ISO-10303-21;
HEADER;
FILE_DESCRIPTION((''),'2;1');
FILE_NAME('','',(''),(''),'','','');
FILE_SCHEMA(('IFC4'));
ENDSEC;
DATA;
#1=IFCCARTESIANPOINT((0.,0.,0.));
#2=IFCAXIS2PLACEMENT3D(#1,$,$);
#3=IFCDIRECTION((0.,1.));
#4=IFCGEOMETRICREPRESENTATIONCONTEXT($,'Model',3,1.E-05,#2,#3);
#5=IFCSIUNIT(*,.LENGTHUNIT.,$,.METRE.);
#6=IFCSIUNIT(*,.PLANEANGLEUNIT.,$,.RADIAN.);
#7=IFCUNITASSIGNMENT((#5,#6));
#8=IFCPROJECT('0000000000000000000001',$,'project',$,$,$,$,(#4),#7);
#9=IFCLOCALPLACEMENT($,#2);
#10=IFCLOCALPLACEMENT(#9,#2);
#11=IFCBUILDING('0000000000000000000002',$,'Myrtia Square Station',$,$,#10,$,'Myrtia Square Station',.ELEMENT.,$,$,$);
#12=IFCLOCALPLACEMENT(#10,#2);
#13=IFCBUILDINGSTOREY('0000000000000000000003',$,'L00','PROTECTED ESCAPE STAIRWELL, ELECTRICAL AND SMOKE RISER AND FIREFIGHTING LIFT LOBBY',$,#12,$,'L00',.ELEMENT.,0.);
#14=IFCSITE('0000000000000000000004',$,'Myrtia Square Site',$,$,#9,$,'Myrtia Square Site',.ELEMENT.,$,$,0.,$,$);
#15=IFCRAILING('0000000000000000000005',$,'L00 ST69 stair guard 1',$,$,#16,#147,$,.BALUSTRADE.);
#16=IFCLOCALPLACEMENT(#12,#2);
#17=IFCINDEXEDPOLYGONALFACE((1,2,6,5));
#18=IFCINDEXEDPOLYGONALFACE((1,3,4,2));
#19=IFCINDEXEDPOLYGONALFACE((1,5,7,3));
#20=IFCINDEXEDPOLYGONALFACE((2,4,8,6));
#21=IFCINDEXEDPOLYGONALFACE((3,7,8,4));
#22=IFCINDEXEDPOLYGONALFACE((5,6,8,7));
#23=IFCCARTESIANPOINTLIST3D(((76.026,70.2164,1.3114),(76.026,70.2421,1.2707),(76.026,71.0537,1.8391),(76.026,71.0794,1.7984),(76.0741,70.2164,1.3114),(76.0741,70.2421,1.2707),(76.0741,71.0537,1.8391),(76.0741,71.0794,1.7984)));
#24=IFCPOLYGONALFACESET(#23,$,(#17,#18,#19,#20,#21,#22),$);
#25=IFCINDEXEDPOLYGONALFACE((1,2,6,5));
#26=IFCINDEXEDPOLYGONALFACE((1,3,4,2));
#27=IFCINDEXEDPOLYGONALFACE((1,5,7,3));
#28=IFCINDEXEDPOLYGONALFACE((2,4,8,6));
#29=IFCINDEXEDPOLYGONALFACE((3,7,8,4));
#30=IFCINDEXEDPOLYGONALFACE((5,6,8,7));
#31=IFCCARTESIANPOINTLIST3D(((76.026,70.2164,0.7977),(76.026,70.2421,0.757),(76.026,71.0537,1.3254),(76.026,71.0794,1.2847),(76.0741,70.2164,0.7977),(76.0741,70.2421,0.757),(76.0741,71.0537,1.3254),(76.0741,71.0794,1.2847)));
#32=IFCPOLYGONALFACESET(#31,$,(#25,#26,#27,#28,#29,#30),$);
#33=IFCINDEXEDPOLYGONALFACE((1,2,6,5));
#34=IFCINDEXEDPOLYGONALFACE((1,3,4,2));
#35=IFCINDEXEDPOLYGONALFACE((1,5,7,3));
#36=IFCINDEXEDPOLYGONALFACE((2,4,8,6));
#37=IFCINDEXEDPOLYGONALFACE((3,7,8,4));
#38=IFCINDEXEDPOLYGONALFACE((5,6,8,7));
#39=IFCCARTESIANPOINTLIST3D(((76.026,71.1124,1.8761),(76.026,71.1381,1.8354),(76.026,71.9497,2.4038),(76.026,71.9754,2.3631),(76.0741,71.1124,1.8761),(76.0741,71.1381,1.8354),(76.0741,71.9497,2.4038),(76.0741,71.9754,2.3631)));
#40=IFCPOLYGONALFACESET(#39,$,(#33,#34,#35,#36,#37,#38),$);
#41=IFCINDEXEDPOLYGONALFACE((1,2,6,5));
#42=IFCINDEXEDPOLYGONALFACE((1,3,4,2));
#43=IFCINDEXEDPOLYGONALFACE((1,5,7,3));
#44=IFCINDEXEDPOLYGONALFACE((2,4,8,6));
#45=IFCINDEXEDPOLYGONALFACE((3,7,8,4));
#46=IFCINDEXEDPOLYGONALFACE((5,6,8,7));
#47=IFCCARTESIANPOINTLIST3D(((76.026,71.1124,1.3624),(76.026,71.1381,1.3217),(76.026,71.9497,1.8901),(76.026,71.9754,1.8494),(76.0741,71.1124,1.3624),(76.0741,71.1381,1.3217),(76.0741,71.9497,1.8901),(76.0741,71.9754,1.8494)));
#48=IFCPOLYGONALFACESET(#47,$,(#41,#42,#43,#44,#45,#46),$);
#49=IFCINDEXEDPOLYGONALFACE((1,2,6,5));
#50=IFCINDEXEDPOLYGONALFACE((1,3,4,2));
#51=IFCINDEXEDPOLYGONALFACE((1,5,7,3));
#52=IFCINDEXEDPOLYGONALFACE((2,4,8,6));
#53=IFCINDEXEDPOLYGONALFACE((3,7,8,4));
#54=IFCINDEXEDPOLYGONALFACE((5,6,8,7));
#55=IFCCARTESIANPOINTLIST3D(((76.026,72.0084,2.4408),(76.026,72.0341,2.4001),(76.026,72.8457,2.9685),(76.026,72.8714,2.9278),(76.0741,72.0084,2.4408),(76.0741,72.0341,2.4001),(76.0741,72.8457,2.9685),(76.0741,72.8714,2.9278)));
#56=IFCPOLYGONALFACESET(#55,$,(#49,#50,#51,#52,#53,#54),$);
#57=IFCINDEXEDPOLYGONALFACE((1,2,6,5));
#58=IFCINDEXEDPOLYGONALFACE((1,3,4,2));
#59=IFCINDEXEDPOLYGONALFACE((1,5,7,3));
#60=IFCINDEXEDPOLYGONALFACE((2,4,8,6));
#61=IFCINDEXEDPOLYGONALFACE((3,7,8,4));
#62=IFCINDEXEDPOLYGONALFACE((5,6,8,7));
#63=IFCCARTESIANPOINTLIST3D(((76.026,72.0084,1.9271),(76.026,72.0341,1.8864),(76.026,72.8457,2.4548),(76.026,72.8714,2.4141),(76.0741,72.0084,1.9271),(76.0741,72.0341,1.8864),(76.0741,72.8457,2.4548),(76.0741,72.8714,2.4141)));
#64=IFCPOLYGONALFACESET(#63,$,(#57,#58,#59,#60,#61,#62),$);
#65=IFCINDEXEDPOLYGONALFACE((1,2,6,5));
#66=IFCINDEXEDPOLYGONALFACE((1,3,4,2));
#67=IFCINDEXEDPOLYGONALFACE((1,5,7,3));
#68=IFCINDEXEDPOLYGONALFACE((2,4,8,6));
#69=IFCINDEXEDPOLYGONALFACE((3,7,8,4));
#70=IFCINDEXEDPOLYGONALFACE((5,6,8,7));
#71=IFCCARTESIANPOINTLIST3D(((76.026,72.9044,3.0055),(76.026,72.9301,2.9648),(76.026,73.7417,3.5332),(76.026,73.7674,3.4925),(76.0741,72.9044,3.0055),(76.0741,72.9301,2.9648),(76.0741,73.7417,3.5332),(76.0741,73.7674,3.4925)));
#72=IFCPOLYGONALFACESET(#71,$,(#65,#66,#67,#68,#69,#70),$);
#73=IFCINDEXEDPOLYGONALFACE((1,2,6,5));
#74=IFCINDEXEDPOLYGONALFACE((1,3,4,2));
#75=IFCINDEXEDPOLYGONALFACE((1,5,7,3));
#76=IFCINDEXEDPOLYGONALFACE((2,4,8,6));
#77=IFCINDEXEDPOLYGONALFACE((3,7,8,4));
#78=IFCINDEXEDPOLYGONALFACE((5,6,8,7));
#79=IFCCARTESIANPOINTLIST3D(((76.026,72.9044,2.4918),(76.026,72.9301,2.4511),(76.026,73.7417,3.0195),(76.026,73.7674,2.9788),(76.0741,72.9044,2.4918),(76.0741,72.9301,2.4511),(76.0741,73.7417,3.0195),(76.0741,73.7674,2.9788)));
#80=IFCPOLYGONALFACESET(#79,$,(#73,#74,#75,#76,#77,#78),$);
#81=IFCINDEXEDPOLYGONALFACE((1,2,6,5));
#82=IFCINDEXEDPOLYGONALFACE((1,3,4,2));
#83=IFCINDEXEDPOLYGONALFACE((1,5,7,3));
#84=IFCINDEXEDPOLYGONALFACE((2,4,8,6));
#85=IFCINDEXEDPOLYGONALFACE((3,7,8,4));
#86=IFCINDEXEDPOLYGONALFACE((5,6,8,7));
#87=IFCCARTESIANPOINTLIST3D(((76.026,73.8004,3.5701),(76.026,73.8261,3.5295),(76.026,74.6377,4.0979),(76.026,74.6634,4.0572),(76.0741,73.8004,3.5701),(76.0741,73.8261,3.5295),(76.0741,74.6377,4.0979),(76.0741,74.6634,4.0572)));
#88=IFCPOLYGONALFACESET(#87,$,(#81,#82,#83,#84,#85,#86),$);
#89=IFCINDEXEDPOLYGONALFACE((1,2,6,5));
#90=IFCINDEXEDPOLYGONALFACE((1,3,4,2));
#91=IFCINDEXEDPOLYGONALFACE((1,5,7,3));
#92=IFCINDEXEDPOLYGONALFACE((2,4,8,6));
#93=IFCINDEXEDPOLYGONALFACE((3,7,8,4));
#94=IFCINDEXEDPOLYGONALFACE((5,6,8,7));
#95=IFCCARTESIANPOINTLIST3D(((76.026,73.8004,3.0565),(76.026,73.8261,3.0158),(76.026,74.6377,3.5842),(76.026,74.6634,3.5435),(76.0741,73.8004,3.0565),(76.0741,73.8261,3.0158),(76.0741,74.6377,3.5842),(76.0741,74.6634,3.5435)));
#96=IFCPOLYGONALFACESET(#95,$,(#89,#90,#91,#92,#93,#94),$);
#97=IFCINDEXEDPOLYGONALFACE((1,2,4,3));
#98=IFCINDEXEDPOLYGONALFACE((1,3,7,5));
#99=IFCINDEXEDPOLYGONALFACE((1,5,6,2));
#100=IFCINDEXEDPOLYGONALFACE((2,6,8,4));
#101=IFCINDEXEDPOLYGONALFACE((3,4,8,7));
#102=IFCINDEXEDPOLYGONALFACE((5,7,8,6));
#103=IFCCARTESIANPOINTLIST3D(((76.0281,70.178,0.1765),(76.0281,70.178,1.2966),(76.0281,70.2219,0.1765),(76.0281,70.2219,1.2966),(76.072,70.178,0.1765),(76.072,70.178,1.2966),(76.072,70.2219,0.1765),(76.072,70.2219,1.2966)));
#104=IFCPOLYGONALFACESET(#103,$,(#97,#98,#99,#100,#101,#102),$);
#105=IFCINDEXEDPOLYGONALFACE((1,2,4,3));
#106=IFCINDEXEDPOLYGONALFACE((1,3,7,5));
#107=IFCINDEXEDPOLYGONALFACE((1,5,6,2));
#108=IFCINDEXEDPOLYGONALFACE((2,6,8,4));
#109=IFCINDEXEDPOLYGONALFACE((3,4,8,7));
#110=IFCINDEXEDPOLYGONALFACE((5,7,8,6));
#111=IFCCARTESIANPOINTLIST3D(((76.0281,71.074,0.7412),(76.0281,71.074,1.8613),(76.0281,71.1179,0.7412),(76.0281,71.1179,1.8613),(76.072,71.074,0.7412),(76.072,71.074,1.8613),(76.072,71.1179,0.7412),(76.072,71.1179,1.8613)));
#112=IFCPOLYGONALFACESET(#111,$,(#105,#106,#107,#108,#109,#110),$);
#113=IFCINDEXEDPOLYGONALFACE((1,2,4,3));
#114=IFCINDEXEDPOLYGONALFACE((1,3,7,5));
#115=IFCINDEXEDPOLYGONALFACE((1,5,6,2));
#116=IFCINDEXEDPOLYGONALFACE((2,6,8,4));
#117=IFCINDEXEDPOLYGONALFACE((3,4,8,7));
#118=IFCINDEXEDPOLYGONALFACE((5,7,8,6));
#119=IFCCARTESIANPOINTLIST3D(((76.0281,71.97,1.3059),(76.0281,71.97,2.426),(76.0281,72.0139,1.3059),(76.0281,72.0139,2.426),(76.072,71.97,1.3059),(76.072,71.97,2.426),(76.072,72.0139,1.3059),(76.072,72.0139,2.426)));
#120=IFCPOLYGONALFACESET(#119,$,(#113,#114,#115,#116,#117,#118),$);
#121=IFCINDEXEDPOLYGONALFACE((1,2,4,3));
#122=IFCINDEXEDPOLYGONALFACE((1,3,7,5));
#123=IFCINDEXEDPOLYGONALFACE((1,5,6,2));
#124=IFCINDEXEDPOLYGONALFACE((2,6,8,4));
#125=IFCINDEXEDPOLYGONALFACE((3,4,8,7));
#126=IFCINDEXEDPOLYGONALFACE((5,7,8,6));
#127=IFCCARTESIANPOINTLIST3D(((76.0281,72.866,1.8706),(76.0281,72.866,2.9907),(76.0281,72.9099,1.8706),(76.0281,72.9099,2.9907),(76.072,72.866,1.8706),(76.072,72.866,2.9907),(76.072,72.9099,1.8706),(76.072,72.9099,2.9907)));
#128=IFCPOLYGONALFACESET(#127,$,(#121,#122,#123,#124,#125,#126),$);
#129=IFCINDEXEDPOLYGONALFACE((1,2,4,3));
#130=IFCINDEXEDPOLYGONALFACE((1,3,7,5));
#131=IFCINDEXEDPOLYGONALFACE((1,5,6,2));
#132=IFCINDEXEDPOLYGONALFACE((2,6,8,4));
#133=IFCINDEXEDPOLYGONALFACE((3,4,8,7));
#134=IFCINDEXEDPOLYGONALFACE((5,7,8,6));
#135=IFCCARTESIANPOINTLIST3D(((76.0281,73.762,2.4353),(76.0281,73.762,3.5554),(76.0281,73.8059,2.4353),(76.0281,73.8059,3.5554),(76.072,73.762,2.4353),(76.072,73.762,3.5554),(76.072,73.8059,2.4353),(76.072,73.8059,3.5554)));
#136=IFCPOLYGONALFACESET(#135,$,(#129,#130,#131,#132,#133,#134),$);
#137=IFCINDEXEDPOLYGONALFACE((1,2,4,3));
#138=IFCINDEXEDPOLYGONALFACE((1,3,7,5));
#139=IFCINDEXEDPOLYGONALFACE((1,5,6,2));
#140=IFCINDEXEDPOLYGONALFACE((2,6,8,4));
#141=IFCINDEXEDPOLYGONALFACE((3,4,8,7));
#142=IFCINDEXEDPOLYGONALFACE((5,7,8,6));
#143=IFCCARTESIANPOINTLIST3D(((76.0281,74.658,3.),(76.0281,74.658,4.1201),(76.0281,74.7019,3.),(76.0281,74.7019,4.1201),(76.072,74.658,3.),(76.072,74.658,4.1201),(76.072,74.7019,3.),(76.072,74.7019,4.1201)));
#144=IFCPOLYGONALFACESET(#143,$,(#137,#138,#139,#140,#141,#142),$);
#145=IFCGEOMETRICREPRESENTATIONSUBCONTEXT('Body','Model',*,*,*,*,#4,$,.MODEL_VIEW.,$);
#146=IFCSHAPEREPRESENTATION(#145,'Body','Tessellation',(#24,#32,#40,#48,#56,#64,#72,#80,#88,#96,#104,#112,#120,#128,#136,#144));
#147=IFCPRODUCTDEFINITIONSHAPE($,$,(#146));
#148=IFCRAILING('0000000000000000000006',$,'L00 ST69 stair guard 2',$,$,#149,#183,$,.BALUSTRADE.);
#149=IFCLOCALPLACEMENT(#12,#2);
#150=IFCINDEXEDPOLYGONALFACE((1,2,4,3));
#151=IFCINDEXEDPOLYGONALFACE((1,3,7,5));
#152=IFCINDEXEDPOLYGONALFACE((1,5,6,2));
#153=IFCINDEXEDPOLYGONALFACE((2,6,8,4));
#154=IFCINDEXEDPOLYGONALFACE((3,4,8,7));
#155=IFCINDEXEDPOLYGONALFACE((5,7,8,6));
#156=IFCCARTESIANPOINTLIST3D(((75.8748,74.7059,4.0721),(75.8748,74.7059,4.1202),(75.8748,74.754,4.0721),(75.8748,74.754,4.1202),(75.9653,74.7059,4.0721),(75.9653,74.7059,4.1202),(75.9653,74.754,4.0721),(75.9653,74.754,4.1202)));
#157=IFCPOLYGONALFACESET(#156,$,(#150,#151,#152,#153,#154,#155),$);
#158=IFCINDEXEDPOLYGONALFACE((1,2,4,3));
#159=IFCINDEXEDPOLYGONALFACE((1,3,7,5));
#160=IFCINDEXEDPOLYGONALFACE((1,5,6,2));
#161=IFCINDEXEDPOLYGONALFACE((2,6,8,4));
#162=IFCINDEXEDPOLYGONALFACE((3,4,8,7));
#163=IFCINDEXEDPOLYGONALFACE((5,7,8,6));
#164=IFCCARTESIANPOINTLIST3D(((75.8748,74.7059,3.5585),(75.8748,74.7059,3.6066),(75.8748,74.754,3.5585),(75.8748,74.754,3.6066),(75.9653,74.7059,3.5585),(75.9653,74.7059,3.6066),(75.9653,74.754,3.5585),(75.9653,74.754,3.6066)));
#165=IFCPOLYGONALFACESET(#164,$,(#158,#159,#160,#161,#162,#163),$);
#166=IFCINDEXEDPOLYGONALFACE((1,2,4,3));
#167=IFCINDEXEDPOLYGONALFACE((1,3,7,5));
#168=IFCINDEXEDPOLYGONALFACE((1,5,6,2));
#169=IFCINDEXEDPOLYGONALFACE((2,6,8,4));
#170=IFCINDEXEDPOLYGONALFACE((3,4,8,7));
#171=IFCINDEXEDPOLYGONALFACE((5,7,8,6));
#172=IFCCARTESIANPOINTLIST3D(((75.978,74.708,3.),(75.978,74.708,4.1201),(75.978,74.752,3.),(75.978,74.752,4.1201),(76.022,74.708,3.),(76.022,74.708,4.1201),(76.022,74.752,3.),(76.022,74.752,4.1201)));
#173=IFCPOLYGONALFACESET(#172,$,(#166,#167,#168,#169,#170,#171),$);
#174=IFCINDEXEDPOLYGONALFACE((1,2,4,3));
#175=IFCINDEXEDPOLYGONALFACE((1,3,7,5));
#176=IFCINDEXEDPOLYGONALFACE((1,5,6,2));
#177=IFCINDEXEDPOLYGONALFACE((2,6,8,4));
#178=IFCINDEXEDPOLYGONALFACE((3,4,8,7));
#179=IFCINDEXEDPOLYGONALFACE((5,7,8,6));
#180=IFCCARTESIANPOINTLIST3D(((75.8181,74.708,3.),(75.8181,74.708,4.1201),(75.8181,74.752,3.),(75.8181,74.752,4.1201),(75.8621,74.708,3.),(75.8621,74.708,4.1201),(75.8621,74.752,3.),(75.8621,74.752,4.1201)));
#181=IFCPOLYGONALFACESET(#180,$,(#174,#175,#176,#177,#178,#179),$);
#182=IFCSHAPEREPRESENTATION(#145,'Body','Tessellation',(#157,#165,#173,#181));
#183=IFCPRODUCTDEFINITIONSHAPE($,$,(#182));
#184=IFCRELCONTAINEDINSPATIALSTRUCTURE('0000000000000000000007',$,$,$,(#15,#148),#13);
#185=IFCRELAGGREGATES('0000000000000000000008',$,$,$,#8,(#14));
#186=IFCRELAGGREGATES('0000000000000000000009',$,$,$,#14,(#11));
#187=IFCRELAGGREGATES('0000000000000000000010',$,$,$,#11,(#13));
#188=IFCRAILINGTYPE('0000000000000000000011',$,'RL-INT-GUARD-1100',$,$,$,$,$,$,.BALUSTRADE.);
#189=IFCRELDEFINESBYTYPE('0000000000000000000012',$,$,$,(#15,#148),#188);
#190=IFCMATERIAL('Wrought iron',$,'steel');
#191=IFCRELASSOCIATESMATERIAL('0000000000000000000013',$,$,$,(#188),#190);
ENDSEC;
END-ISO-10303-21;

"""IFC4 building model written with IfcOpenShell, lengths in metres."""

from ifc_helpers import new_model, si_unit, direction, frame, origin, origin_2d, place, context, subcontext, project, spatial, rectangle, extrude, material, type_object, element, save


model = new_model("IFC4")

# Units and contexts
model_context = context("Model", 3, precision=1e-05, world=origin(), true_north=direction((0.0, 1.0)))
body_context = subcontext(model_context, "Body", "Model", "MODEL_VIEW")
ifc_project = project(units=[si_unit("LENGTHUNIT", "METRE"), si_unit("PLANEANGLEUNIT", "RADIAN")], contexts=[model_context])

# Site, building, storey
site_placement = place(None, origin())
site = spatial("IfcSite", under=ifc_project, at=site_placement, Name="Myrtia Square Site", LongName="Myrtia Square Site", CompositionType="ELEMENT", RefElevation=0.0)
building_placement = place(site_placement, origin())
building = spatial("IfcBuilding", under=site, at=building_placement, Name="Myrtia Square Station", LongName="Myrtia Square Station", CompositionType="ELEMENT")
storey_placement = place(building_placement, origin())
storey = spatial("IfcBuildingStorey", under=building, at=storey_placement, Name="L00", Description="PROTECTED ESCAPE STAIRWELL, ELECTRICAL AND SMOKE RISER AND FIREFIGHTING LIFT LOBBY", LongName="L00", CompositionType="ELEMENT", Elevation=0.0)

# Railings
ifc_material_1 = material(Name="Wrought iron", Category="steel")
railing_type_1 = type_object("IfcRailingType", Name="RL-INT-GUARD-1100", PredefinedType="BALUSTRADE", material=ifc_material_1)
railing_1_placement = place(storey_placement, frame((76.05, 70.2, 0.1765)))
element("IfcRailing", 1, at=railing_1_placement, inside=storey, type_object=railing_type_1, Name="L00 ST69 stair guard 1", PredefinedType="BALUSTRADE", context=body_context, shape_type="SweptSolid", body=[
    extrude(rectangle(XDim=0.0481, YDim=0.0481, at=origin_2d()), frame((0.0, 0.0293, 1.1145), z_axis=(0.0, 0.845998, 0.533186), x_axis=(-1.0, 0.0, 0.0)), (0.0, 0.0, 1.0), 0.9897),
    extrude(rectangle(XDim=0.0481, YDim=0.0481, at=origin_2d()), frame((0.0, 0.0293, 0.6008), z_axis=(0.0, 0.845998, 0.533186), x_axis=(-1.0, 0.0, 0.0)), (0.0, 0.0, 1.0), 0.9897),
    extrude(rectangle(XDim=0.0481, YDim=0.0481, at=origin_2d()), frame((0.0, 0.9253, 1.6792), z_axis=(0.0, 0.845998, 0.533186), x_axis=(-1.0, 0.0, 0.0)), (0.0, 0.0, 1.0), 0.9897),
    extrude(rectangle(XDim=0.0481, YDim=0.0481, at=origin_2d()), frame((0.0, 0.9253, 1.1655), z_axis=(0.0, 0.845998, 0.533186), x_axis=(-1.0, 0.0, 0.0)), (0.0, 0.0, 1.0), 0.9897),
    extrude(rectangle(XDim=0.0481, YDim=0.0481, at=origin_2d()), frame((0.0, 1.8213, 2.2439), z_axis=(0.0, 0.845998, 0.533186), x_axis=(-1.0, 0.0, 0.0)), (0.0, 0.0, 1.0), 0.9897),
    extrude(rectangle(XDim=0.0481, YDim=0.0481, at=origin_2d()), frame((0.0, 1.8213, 1.7302), z_axis=(0.0, 0.845998, 0.533186), x_axis=(-1.0, 0.0, 0.0)), (0.0, 0.0, 1.0), 0.9897),
    extrude(rectangle(XDim=0.0481, YDim=0.0481, at=origin_2d()), frame((0.0, 2.7173, 2.8086), z_axis=(0.0, 0.845998, 0.533186), x_axis=(-1.0, 0.0, 0.0)), (0.0, 0.0, 1.0), 0.9897),
    extrude(rectangle(XDim=0.0481, YDim=0.0481, at=origin_2d()), frame((0.0, 2.7173, 2.2949), z_axis=(0.0, 0.845998, 0.533186), x_axis=(-1.0, 0.0, 0.0)), (0.0, 0.0, 1.0), 0.9897),
    extrude(rectangle(XDim=0.0481, YDim=0.0481, at=origin_2d()), frame((0.0, 3.6133, 3.3733), z_axis=(0.0, 0.845998, 0.533186), x_axis=(-1.0, 0.0, 0.0)), (0.0, 0.0, 1.0), 0.9897),
    extrude(rectangle(XDim=0.0481, YDim=0.0481, at=origin_2d()), frame((0.0, 3.6133, 2.8596), z_axis=(0.0, 0.845998, 0.533186), x_axis=(-1.0, 0.0, 0.0)), (0.0, 0.0, 1.0), 0.9897),
    extrude(rectangle(XDim=0.0439, YDim=0.0439, at=origin_2d()), origin(), (0.0, 0.0, 1.0), 1.1201),
    extrude(rectangle(XDim=0.0439, YDim=0.0439, at=origin_2d()), frame((0.0, 0.896, 0.5647)), (0.0, 0.0, 1.0), 1.1201),
    extrude(rectangle(XDim=0.0439, YDim=0.0439, at=origin_2d()), frame((0.0, 1.792, 1.1294)), (0.0, 0.0, 1.0), 1.1201),
    extrude(rectangle(XDim=0.0439, YDim=0.0439, at=origin_2d()), frame((0.0, 2.688, 1.6941)), (0.0, 0.0, 1.0), 1.1201),
    extrude(rectangle(XDim=0.0439, YDim=0.0439, at=origin_2d()), frame((0.0, 3.584, 2.2588)), (0.0, 0.0, 1.0), 1.1201),
    extrude(rectangle(XDim=0.0439, YDim=0.0439, at=origin_2d()), frame((0.0, 4.48, 2.8235)), (0.0, 0.0, 1.0), 1.1201),
])
railing_2_placement = place(storey_placement, frame((76.0, 74.73, 3.0)))
element("IfcRailing", 2, at=railing_2_placement, inside=storey, type_object=railing_type_1, Name="L00 ST69 stair guard 2", PredefinedType="BALUSTRADE", context=body_context, shape_type="SweptSolid", body=[
    extrude(rectangle(XDim=0.0481, YDim=0.0481, at=origin_2d()), frame((-0.0347, 0.0, 1.0962), z_axis=(-1.0, 0.0, 0.0), x_axis=(0.0, -1.0, 0.0)), (0.0, 0.0, 1.0), 0.0906),
    extrude(rectangle(XDim=0.0481, YDim=0.0481, at=origin_2d()), frame((-0.0347, 0.0, 0.5825), z_axis=(-1.0, 0.0, 0.0), x_axis=(0.0, -1.0, 0.0)), (0.0, 0.0, 1.0), 0.0906),
    extrude(rectangle(XDim=0.0439, YDim=0.0439, at=origin_2d()), origin(), (0.0, 0.0, 1.0), 1.1201),
    extrude(rectangle(XDim=0.0439, YDim=0.0439, at=origin_2d()), frame((-0.1599, 0.0, 0.0)), (0.0, 0.0, 1.0), 1.1201),
])

save(model, "model.ifc")
